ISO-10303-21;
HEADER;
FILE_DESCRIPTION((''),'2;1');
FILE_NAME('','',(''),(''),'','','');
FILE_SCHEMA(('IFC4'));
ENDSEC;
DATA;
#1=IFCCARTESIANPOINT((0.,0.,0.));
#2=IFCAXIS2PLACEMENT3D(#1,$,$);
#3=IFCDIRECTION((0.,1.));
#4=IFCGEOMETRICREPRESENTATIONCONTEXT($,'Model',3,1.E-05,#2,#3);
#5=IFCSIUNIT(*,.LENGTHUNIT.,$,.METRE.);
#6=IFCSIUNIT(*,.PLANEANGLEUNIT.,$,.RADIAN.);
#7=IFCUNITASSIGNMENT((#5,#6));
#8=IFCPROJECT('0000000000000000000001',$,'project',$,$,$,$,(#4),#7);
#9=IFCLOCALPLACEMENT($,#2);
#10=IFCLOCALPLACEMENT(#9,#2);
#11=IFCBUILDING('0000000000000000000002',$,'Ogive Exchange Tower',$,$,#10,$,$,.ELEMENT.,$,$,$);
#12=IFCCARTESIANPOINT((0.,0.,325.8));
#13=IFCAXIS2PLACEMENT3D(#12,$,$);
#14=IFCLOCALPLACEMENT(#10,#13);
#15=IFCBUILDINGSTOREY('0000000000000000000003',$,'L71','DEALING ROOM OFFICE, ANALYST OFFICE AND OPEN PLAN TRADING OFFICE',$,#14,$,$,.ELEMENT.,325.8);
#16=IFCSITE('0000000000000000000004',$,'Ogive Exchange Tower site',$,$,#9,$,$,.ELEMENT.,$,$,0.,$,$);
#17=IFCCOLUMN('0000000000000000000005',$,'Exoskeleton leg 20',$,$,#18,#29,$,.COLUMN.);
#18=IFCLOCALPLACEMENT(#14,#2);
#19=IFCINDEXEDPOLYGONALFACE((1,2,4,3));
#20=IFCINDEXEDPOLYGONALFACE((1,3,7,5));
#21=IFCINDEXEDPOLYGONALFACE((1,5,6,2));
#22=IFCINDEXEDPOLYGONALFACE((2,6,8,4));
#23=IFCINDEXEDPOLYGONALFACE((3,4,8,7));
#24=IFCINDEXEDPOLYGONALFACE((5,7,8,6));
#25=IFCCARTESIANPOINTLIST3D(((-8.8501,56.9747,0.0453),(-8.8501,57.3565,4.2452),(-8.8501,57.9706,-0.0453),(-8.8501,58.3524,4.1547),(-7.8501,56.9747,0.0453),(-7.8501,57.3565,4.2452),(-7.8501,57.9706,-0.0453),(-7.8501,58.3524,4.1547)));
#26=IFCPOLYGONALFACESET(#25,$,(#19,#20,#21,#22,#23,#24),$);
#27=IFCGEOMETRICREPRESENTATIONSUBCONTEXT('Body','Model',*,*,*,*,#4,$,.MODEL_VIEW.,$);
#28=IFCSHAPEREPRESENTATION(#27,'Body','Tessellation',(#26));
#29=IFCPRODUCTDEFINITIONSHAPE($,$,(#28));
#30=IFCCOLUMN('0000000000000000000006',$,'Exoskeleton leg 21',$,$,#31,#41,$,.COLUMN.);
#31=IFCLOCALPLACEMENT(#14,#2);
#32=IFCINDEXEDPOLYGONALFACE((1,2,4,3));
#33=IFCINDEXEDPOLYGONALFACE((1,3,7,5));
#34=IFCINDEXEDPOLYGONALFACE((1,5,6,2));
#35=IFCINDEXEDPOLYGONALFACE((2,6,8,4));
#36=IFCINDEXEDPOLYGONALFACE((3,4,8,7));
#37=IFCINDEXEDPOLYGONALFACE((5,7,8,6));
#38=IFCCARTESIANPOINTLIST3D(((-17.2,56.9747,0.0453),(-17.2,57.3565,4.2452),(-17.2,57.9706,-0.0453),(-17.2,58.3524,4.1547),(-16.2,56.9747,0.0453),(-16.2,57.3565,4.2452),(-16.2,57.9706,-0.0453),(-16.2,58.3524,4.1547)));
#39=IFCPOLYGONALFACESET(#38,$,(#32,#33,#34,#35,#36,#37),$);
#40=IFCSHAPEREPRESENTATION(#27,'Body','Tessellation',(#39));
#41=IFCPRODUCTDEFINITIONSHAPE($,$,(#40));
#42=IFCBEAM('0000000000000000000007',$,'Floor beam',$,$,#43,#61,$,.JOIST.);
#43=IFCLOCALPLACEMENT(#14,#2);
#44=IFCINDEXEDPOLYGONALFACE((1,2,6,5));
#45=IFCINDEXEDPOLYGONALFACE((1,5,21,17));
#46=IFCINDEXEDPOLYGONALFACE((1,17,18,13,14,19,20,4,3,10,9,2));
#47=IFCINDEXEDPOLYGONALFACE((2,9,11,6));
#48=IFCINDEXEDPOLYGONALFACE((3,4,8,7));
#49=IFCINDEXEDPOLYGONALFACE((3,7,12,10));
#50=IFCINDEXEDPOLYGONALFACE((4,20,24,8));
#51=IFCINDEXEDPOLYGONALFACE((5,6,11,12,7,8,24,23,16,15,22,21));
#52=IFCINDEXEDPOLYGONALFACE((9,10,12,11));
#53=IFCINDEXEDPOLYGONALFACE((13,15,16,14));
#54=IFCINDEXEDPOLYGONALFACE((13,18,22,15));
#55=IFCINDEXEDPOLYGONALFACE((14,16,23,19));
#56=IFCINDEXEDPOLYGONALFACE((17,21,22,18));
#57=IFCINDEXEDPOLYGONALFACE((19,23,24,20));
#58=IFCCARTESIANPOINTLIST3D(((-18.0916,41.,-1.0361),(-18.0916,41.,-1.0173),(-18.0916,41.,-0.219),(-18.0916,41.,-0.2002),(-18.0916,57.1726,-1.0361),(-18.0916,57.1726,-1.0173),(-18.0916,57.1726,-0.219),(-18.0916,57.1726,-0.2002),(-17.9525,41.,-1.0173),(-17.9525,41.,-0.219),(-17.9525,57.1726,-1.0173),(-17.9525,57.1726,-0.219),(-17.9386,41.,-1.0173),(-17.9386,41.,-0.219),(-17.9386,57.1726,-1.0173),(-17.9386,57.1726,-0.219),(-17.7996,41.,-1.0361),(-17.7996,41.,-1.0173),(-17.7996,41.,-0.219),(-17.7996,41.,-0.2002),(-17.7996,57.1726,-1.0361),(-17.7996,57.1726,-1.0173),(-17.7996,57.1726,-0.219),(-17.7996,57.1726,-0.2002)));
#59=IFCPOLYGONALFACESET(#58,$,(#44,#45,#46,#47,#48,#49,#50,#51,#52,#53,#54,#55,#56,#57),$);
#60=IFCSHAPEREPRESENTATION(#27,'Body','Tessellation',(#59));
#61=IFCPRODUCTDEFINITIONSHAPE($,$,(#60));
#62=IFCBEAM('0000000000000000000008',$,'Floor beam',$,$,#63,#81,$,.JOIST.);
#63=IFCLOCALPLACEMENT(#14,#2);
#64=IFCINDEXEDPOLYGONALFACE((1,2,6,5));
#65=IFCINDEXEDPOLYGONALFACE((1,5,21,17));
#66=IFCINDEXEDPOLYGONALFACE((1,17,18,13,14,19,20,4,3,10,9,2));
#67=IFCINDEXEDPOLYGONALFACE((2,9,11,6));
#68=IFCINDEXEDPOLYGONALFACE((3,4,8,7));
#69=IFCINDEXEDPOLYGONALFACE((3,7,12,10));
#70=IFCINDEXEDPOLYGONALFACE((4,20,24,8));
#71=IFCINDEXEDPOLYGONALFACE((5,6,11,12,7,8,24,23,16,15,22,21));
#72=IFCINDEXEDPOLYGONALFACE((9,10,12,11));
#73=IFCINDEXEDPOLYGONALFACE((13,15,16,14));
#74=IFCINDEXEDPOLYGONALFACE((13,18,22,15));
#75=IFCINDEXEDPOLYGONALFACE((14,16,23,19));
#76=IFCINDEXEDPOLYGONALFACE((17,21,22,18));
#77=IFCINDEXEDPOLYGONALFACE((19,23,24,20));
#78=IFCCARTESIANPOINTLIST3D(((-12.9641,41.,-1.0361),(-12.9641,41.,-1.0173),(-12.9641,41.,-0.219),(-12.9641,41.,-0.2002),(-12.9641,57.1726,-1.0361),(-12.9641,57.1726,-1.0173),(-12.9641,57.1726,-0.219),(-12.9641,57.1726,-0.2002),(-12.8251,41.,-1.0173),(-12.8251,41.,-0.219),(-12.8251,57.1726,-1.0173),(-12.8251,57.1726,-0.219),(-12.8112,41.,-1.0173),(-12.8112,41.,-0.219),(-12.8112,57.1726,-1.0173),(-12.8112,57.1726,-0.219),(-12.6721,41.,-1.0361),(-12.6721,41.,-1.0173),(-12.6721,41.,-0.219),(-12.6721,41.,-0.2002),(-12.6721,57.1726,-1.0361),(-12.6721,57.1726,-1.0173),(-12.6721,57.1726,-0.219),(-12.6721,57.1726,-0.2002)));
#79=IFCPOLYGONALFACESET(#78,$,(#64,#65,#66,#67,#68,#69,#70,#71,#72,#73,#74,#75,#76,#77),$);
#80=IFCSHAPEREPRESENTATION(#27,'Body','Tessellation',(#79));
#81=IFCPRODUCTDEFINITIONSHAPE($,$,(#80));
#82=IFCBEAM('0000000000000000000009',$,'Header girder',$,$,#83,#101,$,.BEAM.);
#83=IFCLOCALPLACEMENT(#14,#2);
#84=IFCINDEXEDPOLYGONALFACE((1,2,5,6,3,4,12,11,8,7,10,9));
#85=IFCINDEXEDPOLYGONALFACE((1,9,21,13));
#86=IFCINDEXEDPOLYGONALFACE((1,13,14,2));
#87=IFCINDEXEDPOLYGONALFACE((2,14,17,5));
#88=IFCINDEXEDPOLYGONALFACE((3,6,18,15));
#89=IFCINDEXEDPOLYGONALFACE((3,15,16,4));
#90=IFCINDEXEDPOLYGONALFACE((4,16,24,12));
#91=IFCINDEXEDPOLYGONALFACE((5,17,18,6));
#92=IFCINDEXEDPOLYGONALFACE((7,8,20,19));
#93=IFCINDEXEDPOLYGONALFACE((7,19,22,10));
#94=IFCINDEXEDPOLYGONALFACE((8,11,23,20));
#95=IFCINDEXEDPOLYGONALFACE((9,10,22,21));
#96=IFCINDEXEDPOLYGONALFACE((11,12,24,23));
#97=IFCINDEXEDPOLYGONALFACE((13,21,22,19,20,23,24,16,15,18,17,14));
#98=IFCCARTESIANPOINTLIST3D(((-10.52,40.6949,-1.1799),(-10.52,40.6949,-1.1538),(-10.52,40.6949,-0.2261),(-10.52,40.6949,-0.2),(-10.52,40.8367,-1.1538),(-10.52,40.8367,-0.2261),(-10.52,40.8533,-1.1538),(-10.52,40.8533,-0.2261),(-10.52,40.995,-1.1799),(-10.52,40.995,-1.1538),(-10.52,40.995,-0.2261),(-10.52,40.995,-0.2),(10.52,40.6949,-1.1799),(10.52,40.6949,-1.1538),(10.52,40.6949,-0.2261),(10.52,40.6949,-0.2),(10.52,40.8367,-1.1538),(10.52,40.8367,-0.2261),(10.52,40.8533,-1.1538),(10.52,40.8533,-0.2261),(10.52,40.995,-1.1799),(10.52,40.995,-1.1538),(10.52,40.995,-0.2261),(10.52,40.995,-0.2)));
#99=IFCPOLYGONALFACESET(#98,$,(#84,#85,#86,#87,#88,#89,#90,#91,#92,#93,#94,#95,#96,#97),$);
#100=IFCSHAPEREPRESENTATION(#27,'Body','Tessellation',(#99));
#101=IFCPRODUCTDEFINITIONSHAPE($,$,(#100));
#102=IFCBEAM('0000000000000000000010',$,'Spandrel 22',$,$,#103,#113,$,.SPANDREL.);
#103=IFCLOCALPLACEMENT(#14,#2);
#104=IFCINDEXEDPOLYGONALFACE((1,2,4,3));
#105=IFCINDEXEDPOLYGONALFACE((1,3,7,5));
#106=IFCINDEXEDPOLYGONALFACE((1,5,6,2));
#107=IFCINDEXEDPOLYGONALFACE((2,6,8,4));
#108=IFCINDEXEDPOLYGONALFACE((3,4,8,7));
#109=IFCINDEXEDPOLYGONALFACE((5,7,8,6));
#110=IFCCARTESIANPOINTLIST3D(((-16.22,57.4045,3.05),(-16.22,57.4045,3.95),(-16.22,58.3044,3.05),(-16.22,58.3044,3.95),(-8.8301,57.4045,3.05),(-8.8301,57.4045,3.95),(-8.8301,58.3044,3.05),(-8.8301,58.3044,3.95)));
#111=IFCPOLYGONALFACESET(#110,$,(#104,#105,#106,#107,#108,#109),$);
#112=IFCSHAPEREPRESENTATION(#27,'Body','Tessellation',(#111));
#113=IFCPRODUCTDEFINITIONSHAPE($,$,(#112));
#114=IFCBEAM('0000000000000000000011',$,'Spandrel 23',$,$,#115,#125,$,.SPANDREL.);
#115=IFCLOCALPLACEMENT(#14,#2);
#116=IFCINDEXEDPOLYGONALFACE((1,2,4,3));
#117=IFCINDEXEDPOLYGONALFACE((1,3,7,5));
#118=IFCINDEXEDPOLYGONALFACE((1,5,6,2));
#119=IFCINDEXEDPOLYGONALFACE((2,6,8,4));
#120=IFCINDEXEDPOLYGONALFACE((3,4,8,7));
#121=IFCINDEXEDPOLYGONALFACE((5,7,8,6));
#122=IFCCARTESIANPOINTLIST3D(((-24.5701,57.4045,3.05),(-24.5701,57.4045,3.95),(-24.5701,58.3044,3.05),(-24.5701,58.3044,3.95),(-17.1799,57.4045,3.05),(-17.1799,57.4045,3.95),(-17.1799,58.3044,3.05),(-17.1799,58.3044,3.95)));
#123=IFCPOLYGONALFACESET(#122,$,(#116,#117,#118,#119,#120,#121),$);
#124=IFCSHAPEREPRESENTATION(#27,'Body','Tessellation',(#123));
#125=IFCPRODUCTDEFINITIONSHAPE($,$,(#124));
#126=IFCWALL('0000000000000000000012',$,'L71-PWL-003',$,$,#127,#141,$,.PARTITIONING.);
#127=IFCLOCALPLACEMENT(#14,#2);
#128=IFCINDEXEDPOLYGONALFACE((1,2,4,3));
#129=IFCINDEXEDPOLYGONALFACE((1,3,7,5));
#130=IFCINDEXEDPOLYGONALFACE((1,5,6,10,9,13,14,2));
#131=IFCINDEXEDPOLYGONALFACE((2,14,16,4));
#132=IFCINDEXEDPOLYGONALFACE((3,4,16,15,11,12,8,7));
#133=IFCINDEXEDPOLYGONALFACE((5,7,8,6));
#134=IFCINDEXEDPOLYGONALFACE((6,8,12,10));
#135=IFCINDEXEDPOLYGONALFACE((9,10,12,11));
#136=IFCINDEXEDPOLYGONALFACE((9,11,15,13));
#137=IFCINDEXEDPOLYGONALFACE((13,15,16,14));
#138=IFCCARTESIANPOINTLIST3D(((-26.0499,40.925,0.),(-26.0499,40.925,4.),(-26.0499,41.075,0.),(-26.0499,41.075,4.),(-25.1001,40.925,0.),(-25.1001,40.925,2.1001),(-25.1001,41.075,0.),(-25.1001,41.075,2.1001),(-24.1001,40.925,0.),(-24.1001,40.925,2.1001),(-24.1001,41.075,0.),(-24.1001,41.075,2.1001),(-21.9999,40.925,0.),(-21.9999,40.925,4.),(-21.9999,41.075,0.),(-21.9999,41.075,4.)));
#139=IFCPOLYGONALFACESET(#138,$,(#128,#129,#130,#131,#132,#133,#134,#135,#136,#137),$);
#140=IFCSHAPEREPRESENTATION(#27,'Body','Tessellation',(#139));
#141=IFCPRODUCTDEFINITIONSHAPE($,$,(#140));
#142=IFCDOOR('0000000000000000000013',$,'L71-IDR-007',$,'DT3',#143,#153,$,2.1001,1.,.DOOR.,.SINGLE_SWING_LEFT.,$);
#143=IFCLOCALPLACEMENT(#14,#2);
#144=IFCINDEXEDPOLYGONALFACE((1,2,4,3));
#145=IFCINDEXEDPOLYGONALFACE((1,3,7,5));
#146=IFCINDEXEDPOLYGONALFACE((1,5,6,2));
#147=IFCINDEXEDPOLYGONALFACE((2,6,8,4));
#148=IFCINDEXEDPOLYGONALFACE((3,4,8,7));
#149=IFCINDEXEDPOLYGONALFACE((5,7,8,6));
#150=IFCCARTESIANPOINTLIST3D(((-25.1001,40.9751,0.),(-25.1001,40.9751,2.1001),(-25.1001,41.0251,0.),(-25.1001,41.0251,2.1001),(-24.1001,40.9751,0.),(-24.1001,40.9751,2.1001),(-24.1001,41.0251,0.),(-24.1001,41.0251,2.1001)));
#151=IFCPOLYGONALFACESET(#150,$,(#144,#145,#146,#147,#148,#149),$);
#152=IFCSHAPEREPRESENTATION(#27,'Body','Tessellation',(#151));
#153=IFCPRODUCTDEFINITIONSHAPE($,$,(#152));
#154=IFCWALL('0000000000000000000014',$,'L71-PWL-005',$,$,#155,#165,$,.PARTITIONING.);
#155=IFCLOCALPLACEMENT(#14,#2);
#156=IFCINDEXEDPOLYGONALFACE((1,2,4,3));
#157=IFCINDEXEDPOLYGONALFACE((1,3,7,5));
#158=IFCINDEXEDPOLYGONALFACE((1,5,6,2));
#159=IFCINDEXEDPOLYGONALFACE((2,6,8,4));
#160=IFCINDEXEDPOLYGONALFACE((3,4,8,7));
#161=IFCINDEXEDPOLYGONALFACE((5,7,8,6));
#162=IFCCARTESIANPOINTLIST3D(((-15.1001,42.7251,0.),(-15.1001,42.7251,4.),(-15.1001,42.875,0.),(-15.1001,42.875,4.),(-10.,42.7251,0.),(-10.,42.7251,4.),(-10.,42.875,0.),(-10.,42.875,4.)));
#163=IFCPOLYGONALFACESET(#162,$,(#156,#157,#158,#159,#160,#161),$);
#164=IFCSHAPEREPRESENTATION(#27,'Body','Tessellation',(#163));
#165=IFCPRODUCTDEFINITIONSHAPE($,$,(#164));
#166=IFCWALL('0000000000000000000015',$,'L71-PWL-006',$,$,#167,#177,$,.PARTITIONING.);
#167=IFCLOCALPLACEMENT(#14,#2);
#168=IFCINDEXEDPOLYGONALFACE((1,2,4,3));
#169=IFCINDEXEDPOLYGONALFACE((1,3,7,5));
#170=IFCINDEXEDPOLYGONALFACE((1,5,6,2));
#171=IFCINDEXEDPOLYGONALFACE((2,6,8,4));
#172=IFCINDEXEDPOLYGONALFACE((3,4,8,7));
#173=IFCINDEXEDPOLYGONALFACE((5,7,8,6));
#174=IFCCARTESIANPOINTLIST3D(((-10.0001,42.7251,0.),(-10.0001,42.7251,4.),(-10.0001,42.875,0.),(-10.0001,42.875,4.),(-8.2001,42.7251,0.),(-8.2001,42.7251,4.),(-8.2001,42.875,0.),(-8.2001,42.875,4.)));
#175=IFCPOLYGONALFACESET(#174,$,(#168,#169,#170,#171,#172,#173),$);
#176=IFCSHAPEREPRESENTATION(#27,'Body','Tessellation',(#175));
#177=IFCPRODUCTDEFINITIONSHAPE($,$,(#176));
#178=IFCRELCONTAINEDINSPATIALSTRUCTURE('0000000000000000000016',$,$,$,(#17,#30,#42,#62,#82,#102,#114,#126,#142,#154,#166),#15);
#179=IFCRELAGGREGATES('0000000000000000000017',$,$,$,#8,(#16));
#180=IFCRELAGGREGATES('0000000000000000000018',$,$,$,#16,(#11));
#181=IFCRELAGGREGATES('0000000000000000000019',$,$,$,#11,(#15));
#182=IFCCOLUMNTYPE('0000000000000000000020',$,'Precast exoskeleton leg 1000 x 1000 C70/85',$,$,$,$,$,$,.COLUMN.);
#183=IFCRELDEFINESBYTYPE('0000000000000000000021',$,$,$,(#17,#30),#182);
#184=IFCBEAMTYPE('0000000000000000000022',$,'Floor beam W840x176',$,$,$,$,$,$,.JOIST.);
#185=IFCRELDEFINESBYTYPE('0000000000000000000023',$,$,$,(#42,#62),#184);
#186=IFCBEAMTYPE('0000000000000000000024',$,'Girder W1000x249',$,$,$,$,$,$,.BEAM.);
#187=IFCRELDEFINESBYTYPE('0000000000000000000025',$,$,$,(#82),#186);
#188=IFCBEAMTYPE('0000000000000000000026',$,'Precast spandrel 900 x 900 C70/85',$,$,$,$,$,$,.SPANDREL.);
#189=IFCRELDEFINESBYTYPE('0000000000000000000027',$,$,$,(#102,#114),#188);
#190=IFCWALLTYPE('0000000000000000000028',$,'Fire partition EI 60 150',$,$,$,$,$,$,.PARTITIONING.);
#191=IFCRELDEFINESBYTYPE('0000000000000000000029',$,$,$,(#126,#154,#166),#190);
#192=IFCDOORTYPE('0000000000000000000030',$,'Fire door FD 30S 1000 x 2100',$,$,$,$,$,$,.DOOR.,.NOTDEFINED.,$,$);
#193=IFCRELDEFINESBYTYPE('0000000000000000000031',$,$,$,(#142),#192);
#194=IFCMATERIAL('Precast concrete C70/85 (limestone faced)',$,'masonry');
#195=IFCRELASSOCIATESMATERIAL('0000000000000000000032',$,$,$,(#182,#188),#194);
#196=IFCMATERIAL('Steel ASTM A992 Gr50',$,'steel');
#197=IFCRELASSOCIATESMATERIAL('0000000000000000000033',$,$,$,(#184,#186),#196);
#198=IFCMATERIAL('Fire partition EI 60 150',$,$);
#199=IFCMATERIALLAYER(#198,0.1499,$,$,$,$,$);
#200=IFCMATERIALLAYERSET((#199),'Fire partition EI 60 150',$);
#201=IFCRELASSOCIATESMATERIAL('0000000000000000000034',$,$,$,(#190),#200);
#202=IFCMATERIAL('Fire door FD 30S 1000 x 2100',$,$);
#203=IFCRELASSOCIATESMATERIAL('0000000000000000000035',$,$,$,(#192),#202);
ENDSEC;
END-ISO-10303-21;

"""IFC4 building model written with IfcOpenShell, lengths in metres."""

from ifc_helpers import new_model, si_unit, direction, frame, frame_2d, origin, origin_2d, place, context, subcontext, project, spatial, rectangle, i_section, extrude, material, layer, layer_set, material_profile, profile_set, type_object, element, fill, save


model = new_model("IFC4")

# Units and contexts
model_context = context("Model", 3, precision=1e-05, world=origin(), true_north=direction((0.0, 1.0)))
body_context = subcontext(model_context, "Body", "Model", "MODEL_VIEW")
ifc_project = project(units=[si_unit("LENGTHUNIT", "METRE"), si_unit("PLANEANGLEUNIT", "RADIAN")], contexts=[model_context])

# Site, building, storey
site_placement = place(None, origin())
site = spatial("IfcSite", under=ifc_project, at=site_placement, Name="Ogive Exchange Tower site", CompositionType="ELEMENT", RefElevation=0.0)
building_placement = place(site_placement, origin())
building = spatial("IfcBuilding", under=site, at=building_placement, Name="Ogive Exchange Tower", CompositionType="ELEMENT")
storey_placement = place(building_placement, frame((0.0, 0.0, 325.8)))
storey = spatial("IfcBuildingStorey", under=building, at=storey_placement, Name="L71", Description="DEALING ROOM OFFICE, ANALYST OFFICE AND OPEN PLAN TRADING OFFICE", CompositionType="ELEMENT", Elevation=325.8)

# Columns
ifc_material_1 = material(Name="Precast concrete C70/85 (limestone faced)", Category="masonry")
ifc_material_profile_1 = material_profile(ifc_material_1, rectangle(XDim=1.0, YDim=1.0, at=origin_2d()), Name="1000 x 1000")
ifc_profile_set_1 = profile_set([ifc_material_profile_1], Name="Precast concrete C70/85 (limestone faced)")
column_type = type_object("IfcColumnType", Name="Precast exoskeleton leg 1000 x 1000 C70/85", PredefinedType="COLUMN", material=ifc_profile_set_1)
for number, where, z_axis, x_axis, name in (
    (1, (-8.3501, 57.4727, 0.0), (0.0, 0.090541, 0.995893), (-1.0, 0.0, 0.0), "Exoskeleton leg 20"),
    (2, (-16.7, 57.4727, 0.0), (0.0, 0.090541, 0.995893), (-1.0, 0.0, 0.0), "Exoskeleton leg 21"),
):
    element("IfcColumn", number, at=place(storey_placement, frame(where, z_axis=z_axis, x_axis=x_axis)), inside=storey, type_object=column_type, Name=name, PredefinedType="COLUMN", context=body_context, shape_type="SweptSolid", body=[
        extrude(rectangle(XDim=1.0, YDim=1.0, at=origin_2d()), origin(), (0.0, 0.0, 1.0), 4.2173),
    ])

# Beams
ifc_material_2 = material(Name="Steel ASTM A992 Gr50", Category="steel")
ifc_material_profile_2 = material_profile(ifc_material_2, i_section(OverallWidth=0.292, OverallDepth=0.8359, WebThickness=0.0139, FlangeThickness=0.0188, at=origin_2d()), Name="W840x176")
ifc_profile_set_2 = profile_set([ifc_material_profile_2], Name="Steel ASTM A992 Gr50")
beam_type_1 = type_object("IfcBeamType", Name="Floor beam W840x176", PredefinedType="JOIST", material=ifc_profile_set_2)
for number, where, z_axis, x_axis, name in (
    (3, (-17.9456, 41.0, -0.6182), (0.0, 1.0, 0.0), (-1.0, 0.0, 0.0), "Floor beam"),
    (4, (-12.8181, 41.0, -0.6182), (0.0, 1.0, 0.0), (-1.0, 0.0, 0.0), "Floor beam"),
):
    element("IfcBeam", number, at=place(storey_placement, frame(where, z_axis=z_axis, x_axis=x_axis)), inside=storey, type_object=beam_type_1, Name=name, PredefinedType="JOIST", context=body_context, shape_type="SweptSolid", body=[
        extrude(i_section(OverallWidth=0.292, OverallDepth=0.8359, WebThickness=0.0139, FlangeThickness=0.0188, at=origin_2d()), origin(), (0.0, 0.0, 1.0), 16.1726),
    ])
ifc_material_profile_3 = material_profile(ifc_material_2, i_section(OverallWidth=0.3, OverallDepth=0.98, WebThickness=0.0166, FlangeThickness=0.0261, at=origin_2d()), Name="W1000x249")
ifc_profile_set_3 = profile_set([ifc_material_profile_3], Name="Steel ASTM A992 Gr50")
beam_type_2 = type_object("IfcBeamType", Name="Girder W1000x249", PredefinedType="BEAM", material=ifc_profile_set_3)
beam_1_placement = place(storey_placement, frame((-10.52, 40.845, -0.6899), z_axis=(1.0, 0.0, 0.0), x_axis=(0.0, 1.0, 0.0)))
element("IfcBeam", 5, at=beam_1_placement, inside=storey, type_object=beam_type_2, Name="Header girder", PredefinedType="BEAM", context=body_context, shape_type="SweptSolid", body=[
    extrude(i_section(OverallWidth=0.3, OverallDepth=0.98, WebThickness=0.0166, FlangeThickness=0.0261, at=origin_2d()), origin(), (0.0, 0.0, 1.0), 21.04),
])
ifc_material_profile_4 = material_profile(ifc_material_1, rectangle(XDim=0.8999, YDim=0.8999, at=origin_2d()), Name="900 x 900")
ifc_profile_set_4 = profile_set([ifc_material_profile_4], Name="Precast concrete C70/85 (limestone faced)")
beam_type_3 = type_object("IfcBeamType", Name="Precast spandrel 900 x 900 C70/85", PredefinedType="SPANDREL", material=ifc_profile_set_4)
beam_2_placement = place(storey_placement, frame((-8.8301, 57.8545, 3.5), z_axis=(-1.0, 0.0, 0.0), x_axis=(0.0, -1.0, 0.0)))
element("IfcBeam", 6, at=beam_2_placement, inside=storey, type_object=beam_type_3, Name="Spandrel 22", PredefinedType="SPANDREL", context=body_context, shape_type="SweptSolid", body=[
    extrude(rectangle(XDim=0.8999, YDim=0.8999, at=origin_2d()), origin(), (0.0, 0.0, 1.0), 7.3899),
])
beam_3_placement = place(storey_placement, frame((-17.1799, 57.8545, 3.5), z_axis=(-1.0, 0.0, 0.0), x_axis=(0.0, -1.0, 0.0)))
element("IfcBeam", 7, at=beam_3_placement, inside=storey, type_object=beam_type_3, Name="Spandrel 23", PredefinedType="SPANDREL", context=body_context, shape_type="SweptSolid", body=[
    extrude(rectangle(XDim=0.8999, YDim=0.8999, at=origin_2d()), origin(), (0.0, 0.0, 1.0), 7.3901),
])

# Wall, opening, door
ifc_material_3 = material(Name="Fire partition EI 60 150")
ifc_layer_1 = layer(ifc_material_3, 0.1499)
ifc_layer_set_1 = layer_set([ifc_layer_1], Name="Fire partition EI 60 150")
wall_type_1 = type_object("IfcWallType", Name="Fire partition EI 60 150", PredefinedType="PARTITIONING", material=ifc_layer_set_1)
wall_1_placement = place(storey_placement, frame((-22.0, 41.0, 0.0), z_axis=(0.0, 0.0, 1.0), x_axis=(-1.0, 0.0, 0.0)))
wall_1 = element("IfcWall", 8, at=wall_1_placement, inside=storey, type_object=wall_type_1, Name="L71-PWL-003", PredefinedType="PARTITIONING", context=body_context, shape_type="SweptSolid", body=[
    extrude(rectangle(XDim=4.05, YDim=0.1499, at=frame_2d((2.0249, 0.0))), origin(), (0.0, 0.0, 1.0), 4.0),
])
opening_1_placement = place(wall_1_placement, frame((2.1001, 0.0, 0.0)))
opening_1 = element("IfcOpeningElement", 9, at=opening_1_placement, cuts=wall_1, PredefinedType="OPENING", context=body_context, shape_type="SweptSolid", body=[
    extrude(rectangle(XDim=1.0, YDim=2.1001, at=frame_2d((0.5, 1.05))), frame((0.0, 0.085, 0.0), z_axis=(0.0, -1.0, 0.0), x_axis=(1.0, 0.0, 0.0)), (0.0, 0.0, 1.0), 0.1699),
])
ifc_material_4 = material(Name="Fire door FD 30S 1000 x 2100")
door_type = type_object("IfcDoorType", Name="Fire door FD 30S 1000 x 2100", OperationType="NOTDEFINED", PredefinedType="DOOR", material=ifc_material_4)
door_1_placement = place(opening_1_placement, origin())
door_1 = element("IfcDoor", 10, at=door_1_placement, inside=storey, type_object=door_type, Name="L71-IDR-007", ObjectType="DT3", OperationType="SINGLE_SWING_LEFT", OverallHeight=2.1001, OverallWidth=1.0, PredefinedType="DOOR", context=body_context, shape_type="SweptSolid", body=[
    extrude(rectangle(XDim=1.0, YDim=2.1001, at=frame_2d((0.5, 1.05))), frame((0.0, 0.0249, 0.0), z_axis=(0.0, -1.0, 0.0), x_axis=(1.0, 0.0, 0.0)), (0.0, 0.0, 1.0), 0.05),
])
fill(opening_1, door_1)

# Walls
wall_2_placement = place(storey_placement, frame((-15.1001, 42.8, 0.0), z_axis=(0.0, 0.0, 1.0), x_axis=(1.0, 0.0, 0.0)))
element("IfcWall", 11, at=wall_2_placement, inside=storey, type_object=wall_type_1, Name="L71-PWL-005", PredefinedType="PARTITIONING", context=body_context, shape_type="SweptSolid", body=[
    extrude(rectangle(XDim=5.1001, YDim=0.1499, at=frame_2d((2.55, 0.0))), origin(), (0.0, 0.0, 1.0), 4.0),
])
wall_3_placement = place(storey_placement, frame((-10.0, 42.8, 0.0), z_axis=(0.0, 0.0, 1.0), x_axis=(1.0, 0.0, 0.0)))
element("IfcWall", 12, at=wall_3_placement, inside=storey, type_object=wall_type_1, Name="L71-PWL-006", PredefinedType="PARTITIONING", context=body_context, shape_type="SweptSolid", body=[
    extrude(rectangle(XDim=1.8, YDim=0.1499, at=frame_2d((0.8999, 0.0))), origin(), (0.0, 0.0, 1.0), 4.0),
])

save(model, "model.ifc")
